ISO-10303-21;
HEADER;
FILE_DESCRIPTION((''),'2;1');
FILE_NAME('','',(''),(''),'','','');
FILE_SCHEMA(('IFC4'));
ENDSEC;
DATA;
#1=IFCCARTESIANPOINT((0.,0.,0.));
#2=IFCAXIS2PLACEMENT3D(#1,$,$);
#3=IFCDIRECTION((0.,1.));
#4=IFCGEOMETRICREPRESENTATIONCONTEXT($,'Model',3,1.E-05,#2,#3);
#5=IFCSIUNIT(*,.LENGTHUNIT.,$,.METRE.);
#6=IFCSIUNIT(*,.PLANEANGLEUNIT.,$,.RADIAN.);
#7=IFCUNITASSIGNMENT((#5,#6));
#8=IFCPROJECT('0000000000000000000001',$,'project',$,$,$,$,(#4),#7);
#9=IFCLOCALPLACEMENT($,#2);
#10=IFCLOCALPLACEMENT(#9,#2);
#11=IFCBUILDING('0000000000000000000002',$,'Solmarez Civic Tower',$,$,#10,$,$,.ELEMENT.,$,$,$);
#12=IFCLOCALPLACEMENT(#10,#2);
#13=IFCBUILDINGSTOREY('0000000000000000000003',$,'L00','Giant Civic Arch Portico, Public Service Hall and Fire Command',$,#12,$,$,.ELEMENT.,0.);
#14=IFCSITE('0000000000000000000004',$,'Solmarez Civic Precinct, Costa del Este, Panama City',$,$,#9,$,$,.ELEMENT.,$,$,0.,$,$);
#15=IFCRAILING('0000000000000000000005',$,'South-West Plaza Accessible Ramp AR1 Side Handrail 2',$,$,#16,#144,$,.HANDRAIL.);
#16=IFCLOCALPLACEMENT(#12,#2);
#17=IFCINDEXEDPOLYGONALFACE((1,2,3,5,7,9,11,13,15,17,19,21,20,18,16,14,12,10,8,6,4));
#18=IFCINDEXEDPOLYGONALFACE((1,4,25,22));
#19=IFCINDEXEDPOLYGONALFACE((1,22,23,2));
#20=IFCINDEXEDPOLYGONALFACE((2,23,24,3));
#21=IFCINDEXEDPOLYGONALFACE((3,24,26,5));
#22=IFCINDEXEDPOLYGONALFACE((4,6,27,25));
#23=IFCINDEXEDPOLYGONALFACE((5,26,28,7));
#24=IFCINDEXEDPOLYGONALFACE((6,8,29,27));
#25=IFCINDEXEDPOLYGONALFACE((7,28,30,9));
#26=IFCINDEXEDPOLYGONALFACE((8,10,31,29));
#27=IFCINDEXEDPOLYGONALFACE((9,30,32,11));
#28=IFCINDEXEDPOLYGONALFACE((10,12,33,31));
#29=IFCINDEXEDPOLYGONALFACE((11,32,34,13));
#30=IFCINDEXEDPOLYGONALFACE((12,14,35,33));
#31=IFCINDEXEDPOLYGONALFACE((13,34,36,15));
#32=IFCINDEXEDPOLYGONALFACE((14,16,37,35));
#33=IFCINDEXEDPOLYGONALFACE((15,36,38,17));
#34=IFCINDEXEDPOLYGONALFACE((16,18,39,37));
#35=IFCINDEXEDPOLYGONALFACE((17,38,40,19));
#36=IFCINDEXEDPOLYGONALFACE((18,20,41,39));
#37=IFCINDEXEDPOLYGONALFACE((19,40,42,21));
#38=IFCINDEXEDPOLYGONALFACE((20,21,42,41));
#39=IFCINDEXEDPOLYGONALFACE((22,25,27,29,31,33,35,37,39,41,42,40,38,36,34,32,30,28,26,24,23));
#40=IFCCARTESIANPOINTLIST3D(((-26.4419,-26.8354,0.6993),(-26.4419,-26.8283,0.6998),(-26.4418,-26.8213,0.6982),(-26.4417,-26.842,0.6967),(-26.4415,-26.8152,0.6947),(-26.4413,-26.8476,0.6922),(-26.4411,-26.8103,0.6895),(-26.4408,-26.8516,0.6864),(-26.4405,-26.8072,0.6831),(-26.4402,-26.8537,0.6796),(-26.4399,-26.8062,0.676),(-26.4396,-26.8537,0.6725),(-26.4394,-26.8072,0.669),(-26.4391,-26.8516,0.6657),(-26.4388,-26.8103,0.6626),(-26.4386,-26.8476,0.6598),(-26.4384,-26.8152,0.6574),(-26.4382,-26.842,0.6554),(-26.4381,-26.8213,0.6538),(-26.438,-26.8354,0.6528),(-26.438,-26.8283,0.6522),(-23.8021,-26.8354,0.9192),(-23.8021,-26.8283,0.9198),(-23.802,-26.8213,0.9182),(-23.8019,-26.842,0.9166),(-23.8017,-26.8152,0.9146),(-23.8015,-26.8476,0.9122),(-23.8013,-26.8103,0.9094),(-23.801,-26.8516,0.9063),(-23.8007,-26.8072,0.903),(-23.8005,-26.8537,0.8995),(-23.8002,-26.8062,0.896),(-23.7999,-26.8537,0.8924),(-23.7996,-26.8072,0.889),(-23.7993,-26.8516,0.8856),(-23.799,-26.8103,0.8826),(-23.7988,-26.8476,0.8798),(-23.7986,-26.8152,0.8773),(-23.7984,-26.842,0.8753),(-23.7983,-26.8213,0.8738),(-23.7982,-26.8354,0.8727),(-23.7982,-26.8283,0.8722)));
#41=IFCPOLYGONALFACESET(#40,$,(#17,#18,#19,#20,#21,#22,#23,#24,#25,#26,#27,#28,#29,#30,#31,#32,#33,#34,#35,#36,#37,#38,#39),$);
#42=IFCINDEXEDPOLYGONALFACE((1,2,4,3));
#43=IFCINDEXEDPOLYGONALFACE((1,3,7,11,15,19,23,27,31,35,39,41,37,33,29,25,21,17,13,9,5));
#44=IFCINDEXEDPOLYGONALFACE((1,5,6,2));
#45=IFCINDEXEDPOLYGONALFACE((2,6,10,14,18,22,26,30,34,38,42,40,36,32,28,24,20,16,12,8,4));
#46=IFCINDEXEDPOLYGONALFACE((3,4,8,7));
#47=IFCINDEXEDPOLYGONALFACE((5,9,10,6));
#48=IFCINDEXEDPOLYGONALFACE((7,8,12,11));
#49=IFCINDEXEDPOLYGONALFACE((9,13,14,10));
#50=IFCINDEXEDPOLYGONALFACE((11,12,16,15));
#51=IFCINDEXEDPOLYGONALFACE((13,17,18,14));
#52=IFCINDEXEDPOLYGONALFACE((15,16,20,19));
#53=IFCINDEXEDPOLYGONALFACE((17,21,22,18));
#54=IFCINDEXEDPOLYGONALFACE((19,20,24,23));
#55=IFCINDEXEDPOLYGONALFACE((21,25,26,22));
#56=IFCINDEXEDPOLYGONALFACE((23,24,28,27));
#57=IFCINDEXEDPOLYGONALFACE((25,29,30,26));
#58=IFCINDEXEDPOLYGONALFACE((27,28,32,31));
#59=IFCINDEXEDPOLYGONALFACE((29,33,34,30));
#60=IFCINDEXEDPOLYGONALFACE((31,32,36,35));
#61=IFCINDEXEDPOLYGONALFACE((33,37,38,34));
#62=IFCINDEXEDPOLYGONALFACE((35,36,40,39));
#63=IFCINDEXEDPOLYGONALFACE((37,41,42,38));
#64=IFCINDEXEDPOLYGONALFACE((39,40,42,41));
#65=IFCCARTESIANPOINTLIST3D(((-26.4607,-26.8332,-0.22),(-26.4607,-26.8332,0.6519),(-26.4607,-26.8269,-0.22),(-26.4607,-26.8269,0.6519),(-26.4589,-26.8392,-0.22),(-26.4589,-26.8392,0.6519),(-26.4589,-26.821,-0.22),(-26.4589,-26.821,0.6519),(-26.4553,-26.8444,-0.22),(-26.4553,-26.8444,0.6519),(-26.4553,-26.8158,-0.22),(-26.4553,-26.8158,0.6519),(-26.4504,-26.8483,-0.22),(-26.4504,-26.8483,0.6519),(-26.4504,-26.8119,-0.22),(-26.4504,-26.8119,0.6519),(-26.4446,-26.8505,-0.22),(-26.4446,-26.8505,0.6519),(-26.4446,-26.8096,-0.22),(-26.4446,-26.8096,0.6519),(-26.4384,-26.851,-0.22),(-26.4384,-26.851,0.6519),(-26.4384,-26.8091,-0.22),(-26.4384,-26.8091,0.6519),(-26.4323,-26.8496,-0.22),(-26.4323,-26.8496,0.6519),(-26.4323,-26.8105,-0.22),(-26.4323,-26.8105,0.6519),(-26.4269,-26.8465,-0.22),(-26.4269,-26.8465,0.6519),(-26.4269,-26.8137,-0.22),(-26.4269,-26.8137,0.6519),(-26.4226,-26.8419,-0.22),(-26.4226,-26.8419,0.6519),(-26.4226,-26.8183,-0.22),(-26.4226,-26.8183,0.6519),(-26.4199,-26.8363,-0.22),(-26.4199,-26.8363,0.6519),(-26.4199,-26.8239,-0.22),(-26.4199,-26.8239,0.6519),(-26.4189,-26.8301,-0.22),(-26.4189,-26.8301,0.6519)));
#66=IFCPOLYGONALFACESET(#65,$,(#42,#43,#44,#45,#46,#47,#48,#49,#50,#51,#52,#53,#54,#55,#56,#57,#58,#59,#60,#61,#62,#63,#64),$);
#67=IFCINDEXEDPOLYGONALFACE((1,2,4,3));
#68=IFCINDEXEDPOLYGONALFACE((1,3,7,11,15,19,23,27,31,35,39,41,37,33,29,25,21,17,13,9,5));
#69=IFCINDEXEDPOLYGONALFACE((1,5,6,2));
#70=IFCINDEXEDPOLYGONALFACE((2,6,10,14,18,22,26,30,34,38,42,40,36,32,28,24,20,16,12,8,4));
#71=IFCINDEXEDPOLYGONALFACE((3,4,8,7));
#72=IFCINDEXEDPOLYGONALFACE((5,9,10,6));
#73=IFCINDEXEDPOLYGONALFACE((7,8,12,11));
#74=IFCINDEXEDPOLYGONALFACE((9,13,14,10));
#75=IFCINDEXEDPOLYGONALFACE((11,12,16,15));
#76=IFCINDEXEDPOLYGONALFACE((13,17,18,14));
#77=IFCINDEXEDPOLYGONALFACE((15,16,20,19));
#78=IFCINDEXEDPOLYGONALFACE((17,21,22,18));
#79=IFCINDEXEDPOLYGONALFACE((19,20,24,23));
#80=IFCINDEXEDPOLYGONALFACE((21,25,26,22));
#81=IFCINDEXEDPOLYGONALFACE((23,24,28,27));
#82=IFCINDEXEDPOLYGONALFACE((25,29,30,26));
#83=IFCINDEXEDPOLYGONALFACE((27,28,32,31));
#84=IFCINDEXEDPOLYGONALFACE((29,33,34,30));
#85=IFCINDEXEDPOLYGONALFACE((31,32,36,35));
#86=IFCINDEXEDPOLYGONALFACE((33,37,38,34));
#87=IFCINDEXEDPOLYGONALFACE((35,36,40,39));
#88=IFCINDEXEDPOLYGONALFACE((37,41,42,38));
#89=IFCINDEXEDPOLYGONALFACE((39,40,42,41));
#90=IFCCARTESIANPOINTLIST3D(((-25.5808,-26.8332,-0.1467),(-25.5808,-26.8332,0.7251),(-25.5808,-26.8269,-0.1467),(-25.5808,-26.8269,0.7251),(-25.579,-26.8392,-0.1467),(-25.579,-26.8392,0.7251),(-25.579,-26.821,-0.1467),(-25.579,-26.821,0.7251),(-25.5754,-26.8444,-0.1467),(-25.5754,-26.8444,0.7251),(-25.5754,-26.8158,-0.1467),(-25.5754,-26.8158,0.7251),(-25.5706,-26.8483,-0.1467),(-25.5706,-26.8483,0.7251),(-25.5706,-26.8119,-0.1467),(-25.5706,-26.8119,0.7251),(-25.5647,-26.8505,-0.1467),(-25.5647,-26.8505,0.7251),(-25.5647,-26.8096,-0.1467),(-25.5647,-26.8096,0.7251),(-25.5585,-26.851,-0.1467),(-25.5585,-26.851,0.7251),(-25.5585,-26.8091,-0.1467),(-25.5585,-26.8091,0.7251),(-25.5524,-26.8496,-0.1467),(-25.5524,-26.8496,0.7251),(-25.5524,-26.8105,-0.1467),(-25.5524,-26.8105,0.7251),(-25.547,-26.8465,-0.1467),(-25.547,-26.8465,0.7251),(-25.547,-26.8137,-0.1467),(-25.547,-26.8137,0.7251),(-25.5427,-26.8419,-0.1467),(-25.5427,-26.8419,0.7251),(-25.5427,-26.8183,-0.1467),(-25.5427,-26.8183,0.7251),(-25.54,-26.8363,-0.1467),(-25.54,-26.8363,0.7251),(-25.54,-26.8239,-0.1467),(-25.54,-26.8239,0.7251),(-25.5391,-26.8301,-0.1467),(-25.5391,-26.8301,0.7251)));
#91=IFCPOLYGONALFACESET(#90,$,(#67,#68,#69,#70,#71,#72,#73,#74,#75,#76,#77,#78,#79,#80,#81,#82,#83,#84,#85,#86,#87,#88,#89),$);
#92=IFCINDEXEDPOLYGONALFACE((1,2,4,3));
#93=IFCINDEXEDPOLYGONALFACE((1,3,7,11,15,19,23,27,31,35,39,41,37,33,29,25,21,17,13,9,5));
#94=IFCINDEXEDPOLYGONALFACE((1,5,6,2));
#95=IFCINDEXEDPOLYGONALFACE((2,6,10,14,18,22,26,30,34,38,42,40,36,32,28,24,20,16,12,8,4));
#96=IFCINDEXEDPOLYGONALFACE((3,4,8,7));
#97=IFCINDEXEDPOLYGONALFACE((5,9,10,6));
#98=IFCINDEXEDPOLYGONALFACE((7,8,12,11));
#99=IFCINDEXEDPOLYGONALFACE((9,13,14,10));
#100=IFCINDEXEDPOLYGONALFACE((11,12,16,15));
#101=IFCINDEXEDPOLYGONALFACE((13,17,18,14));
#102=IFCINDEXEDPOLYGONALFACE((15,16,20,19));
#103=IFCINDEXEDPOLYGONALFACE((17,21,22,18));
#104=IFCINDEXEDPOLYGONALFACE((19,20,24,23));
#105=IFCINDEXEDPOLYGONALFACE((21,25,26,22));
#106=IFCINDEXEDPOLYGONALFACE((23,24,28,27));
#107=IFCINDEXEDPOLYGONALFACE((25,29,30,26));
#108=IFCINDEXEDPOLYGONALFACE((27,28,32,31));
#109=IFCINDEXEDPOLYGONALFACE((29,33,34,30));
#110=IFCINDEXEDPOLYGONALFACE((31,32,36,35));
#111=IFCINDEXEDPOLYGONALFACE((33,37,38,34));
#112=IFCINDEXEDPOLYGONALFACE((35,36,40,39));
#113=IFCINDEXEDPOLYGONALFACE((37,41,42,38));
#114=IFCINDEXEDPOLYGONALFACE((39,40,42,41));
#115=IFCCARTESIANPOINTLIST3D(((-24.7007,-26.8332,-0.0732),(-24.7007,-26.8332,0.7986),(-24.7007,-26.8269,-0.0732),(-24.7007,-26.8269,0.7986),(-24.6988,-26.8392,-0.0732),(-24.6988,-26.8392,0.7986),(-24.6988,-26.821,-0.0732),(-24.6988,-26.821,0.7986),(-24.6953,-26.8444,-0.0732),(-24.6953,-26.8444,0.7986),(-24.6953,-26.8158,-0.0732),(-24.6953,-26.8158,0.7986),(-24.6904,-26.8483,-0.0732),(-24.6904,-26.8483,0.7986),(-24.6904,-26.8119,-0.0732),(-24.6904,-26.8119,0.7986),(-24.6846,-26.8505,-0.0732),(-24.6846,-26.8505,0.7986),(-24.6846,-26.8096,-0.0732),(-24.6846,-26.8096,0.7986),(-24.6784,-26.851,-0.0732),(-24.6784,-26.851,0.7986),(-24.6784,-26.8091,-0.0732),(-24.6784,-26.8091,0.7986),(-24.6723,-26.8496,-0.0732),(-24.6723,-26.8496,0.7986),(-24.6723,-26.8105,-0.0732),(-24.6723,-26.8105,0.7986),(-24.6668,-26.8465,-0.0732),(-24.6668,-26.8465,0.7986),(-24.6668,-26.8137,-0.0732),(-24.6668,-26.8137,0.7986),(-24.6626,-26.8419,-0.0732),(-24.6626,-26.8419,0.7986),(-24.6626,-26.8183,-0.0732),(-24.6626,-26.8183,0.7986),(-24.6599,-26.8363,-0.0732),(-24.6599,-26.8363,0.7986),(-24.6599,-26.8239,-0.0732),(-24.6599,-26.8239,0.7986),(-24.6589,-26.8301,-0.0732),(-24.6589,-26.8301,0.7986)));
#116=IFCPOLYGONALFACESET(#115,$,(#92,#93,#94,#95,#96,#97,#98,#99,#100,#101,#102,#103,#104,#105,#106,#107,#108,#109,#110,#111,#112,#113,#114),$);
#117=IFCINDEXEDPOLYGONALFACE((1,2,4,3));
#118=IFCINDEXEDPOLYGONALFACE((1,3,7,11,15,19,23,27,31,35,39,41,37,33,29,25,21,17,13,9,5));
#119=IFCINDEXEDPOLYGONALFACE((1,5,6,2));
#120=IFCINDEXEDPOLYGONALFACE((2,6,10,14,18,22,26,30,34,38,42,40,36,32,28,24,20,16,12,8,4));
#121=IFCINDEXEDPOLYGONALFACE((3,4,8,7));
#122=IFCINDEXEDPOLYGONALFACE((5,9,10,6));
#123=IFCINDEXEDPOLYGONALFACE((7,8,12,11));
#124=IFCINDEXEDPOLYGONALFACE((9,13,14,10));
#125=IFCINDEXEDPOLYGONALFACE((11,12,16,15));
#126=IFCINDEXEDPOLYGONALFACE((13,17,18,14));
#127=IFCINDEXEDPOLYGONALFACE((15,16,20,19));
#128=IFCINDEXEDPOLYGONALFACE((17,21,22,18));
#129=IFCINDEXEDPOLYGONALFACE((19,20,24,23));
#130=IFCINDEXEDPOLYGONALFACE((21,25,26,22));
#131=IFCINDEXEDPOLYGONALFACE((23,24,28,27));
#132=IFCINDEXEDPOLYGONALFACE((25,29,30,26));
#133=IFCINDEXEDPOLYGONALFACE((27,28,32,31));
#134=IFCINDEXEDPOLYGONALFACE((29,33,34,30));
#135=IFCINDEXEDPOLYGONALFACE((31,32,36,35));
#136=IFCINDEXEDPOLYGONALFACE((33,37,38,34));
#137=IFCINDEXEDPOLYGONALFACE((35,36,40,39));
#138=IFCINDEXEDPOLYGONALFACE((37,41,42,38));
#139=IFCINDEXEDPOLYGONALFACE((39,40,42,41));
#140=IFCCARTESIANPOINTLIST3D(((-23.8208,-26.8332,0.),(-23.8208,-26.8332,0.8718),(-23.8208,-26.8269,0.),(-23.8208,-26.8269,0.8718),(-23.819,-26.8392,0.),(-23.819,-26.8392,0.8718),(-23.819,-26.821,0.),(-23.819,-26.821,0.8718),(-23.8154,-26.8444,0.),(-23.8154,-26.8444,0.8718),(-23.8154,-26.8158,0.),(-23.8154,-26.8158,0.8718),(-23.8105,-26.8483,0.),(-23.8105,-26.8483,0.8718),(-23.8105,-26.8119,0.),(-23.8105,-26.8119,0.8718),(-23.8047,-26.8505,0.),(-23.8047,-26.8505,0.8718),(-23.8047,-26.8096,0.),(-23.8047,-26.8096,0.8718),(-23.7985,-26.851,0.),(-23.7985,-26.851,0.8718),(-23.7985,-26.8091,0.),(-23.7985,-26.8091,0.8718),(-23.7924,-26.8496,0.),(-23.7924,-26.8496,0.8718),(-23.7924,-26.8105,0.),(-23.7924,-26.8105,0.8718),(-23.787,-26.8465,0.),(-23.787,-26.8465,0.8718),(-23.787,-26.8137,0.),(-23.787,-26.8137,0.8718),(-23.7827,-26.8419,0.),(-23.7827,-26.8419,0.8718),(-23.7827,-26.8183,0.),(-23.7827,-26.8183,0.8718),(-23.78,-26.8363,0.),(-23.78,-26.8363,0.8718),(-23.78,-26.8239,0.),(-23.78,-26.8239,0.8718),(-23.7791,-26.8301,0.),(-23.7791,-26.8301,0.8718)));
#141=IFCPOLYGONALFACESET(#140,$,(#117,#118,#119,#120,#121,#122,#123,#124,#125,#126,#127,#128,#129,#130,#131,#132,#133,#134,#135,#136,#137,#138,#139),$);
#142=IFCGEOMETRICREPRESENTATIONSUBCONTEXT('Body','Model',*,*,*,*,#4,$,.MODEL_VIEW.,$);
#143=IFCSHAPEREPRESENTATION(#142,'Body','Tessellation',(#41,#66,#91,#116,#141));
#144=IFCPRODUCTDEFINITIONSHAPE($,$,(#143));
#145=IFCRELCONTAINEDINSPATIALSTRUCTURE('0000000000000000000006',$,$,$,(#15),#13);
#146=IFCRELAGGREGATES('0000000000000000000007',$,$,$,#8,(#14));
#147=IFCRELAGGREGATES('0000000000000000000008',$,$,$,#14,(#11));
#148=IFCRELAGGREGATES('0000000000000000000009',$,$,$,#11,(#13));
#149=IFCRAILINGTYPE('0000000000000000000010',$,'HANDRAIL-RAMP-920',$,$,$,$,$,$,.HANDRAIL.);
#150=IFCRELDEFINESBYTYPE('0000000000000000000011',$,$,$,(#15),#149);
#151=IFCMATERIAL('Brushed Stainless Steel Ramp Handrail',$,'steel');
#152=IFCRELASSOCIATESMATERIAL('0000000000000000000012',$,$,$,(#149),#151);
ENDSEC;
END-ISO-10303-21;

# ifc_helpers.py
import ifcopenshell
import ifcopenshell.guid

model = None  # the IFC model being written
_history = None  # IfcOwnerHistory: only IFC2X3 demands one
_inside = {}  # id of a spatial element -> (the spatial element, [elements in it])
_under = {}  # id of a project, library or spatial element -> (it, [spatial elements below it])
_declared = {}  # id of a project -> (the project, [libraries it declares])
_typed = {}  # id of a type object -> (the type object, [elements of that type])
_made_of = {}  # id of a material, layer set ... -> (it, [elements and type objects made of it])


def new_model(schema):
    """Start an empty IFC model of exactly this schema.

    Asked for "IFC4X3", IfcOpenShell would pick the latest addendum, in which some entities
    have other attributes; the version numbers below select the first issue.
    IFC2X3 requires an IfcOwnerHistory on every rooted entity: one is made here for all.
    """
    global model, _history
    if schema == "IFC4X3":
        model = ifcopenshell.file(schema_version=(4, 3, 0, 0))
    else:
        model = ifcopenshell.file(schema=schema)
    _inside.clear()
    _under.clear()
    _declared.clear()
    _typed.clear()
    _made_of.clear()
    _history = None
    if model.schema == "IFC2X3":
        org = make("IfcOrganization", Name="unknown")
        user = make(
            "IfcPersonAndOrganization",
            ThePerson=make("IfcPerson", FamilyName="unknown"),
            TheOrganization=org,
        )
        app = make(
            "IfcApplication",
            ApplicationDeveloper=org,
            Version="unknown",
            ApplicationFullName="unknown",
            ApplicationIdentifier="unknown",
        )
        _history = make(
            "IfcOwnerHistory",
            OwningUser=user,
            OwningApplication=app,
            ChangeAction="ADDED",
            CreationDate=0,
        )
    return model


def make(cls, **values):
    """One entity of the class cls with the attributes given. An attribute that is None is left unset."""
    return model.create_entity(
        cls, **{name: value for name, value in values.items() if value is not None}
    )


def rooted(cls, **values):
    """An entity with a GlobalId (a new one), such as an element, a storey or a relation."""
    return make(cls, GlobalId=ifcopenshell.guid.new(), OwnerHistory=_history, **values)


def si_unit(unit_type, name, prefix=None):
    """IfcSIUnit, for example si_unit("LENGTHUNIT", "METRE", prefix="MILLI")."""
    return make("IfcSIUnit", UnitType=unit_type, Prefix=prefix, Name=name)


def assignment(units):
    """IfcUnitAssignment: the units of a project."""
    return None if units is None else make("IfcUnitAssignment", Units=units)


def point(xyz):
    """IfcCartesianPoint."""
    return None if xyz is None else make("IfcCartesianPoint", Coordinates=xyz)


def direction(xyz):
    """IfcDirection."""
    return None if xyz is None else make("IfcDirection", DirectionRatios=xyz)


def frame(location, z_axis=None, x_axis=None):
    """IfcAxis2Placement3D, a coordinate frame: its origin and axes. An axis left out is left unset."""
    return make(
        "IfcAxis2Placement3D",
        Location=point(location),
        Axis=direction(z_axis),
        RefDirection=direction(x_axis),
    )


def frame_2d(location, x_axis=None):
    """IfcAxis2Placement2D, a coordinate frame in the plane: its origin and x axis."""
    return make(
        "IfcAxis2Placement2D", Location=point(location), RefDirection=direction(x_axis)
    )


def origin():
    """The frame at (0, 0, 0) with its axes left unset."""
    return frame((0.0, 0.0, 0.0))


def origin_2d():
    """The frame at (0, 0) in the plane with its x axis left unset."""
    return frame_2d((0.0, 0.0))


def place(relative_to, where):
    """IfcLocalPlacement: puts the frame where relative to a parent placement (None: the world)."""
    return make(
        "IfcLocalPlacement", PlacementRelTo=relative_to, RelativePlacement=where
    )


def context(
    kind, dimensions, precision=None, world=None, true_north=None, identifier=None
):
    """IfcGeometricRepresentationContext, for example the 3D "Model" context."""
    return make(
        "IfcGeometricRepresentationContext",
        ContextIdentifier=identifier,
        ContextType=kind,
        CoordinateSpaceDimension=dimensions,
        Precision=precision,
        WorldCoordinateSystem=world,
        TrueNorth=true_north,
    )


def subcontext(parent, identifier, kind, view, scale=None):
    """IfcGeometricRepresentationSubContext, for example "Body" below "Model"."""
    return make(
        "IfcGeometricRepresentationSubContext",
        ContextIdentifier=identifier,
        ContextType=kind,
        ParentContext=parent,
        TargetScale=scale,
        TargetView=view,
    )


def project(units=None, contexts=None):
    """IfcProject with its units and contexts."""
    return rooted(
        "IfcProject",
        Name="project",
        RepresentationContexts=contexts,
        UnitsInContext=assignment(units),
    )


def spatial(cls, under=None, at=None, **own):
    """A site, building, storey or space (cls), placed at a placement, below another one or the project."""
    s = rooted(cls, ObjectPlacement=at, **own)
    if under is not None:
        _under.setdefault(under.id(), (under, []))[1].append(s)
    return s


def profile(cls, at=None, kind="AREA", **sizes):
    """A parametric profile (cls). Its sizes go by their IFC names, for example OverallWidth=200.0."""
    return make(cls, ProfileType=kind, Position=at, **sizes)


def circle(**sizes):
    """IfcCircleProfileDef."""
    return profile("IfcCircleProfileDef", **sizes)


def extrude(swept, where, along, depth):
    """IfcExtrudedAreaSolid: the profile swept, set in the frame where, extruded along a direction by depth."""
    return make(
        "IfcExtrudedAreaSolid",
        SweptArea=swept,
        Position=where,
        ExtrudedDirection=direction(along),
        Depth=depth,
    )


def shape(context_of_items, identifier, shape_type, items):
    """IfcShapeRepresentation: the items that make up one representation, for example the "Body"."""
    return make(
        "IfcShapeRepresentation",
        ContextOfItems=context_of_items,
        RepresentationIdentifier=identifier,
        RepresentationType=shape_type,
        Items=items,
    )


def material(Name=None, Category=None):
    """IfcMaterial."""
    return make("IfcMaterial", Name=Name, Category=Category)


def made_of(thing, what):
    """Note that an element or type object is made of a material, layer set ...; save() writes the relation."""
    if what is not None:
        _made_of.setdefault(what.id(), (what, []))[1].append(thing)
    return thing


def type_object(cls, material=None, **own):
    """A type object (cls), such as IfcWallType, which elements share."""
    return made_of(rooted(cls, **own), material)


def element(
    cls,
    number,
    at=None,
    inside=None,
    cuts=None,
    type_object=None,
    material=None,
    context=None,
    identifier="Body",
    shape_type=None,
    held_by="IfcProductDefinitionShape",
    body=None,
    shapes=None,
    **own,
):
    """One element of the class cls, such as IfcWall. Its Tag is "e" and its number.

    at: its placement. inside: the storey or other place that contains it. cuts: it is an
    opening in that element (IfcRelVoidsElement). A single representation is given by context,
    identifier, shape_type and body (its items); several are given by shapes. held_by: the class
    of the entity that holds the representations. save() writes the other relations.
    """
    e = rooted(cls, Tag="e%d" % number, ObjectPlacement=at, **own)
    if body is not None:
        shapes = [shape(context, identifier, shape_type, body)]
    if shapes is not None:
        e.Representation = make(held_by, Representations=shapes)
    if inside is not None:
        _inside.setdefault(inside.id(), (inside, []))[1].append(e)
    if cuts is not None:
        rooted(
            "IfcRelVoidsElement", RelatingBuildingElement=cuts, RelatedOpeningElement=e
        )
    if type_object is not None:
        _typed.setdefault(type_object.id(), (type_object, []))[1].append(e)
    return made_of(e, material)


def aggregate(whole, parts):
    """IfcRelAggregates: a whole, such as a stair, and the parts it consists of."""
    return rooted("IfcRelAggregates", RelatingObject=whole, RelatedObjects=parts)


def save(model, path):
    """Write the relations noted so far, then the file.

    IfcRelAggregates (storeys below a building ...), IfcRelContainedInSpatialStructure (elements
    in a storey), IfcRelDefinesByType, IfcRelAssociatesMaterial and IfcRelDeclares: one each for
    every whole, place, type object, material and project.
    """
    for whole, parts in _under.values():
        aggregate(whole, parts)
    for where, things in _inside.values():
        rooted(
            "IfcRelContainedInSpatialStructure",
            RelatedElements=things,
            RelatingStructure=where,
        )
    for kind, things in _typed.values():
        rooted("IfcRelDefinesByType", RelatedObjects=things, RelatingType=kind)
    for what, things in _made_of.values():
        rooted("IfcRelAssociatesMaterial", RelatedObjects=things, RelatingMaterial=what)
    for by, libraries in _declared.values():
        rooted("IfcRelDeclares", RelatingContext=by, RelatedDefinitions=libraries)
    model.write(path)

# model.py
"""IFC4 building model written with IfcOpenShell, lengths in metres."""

from ifc_helpers import new_model, si_unit, direction, frame, origin, origin_2d, place, context, subcontext, project, spatial, circle, extrude, material, type_object, element, save


model = new_model("IFC4")

# Units and contexts
model_context = context("Model", 3, precision=1e-05, world=origin(), true_north=direction((0.0, 1.0)))
body_context = subcontext(model_context, "Body", "Model", "MODEL_VIEW")
ifc_project = project(units=[si_unit("LENGTHUNIT", "METRE"), si_unit("PLANEANGLEUNIT", "RADIAN")], contexts=[model_context])

# Site, building, storey
site_placement = place(None, origin())
site = spatial("IfcSite", under=ifc_project, at=site_placement, Name="Solmarez Civic Precinct, Costa del Este, Panama City", CompositionType="ELEMENT", RefElevation=0.0)
building_placement = place(site_placement, origin())
building = spatial("IfcBuilding", under=site, at=building_placement, Name="Solmarez Civic Tower", CompositionType="ELEMENT")
storey_placement = place(building_placement, origin())
storey = spatial("IfcBuildingStorey", under=building, at=storey_placement, Name="L00", Description="Giant Civic Arch Portico, Public Service Hall and Fire Command", CompositionType="ELEMENT", Elevation=0.0)

# Railing
ifc_material_1 = material(Name="Brushed Stainless Steel Ramp Handrail", Category="steel")
railing_type_1 = type_object("IfcRailingType", Name="HANDRAIL-RAMP-920", PredefinedType="HANDRAIL", material=ifc_material_1)
for number, where, name in (
    (1, (-26.4399, -26.8301, -0.22), "South-West Plaza Accessible Ramp AR1 Side Handrail 2"),
):
    element("IfcRailing", number, at=place(storey_placement, frame(where)), inside=storey, type_object=railing_type_1, Name=name, PredefinedType="HANDRAIL", context=body_context, shape_type="SweptSolid", body=[
        extrude(circle(Radius=0.0239, at=origin_2d()), frame((0.0, 0.0, 0.896), z_axis=(0.996546, 0.0, 0.083038), x_axis=(0.0, 1.0, 0.0)), (0.0, 0.0, 1.0), 2.6489),
        extrude(circle(Radius=0.021, at=origin_2d()), origin(), (0.0, 0.0, 1.0), 0.8718),
        extrude(circle(Radius=0.021, at=origin_2d()), frame((0.8799, 0.0, 0.0732)), (0.0, 0.0, 1.0), 0.8718),
        extrude(circle(Radius=0.021, at=origin_2d()), frame((1.76, 0.0, 0.1467)), (0.0, 0.0, 1.0), 0.8718),
        extrude(circle(Radius=0.021, at=origin_2d()), frame((2.6399, 0.0, 0.22)), (0.0, 0.0, 1.0), 0.8718),
    ])

save(model, "model.ifc")
